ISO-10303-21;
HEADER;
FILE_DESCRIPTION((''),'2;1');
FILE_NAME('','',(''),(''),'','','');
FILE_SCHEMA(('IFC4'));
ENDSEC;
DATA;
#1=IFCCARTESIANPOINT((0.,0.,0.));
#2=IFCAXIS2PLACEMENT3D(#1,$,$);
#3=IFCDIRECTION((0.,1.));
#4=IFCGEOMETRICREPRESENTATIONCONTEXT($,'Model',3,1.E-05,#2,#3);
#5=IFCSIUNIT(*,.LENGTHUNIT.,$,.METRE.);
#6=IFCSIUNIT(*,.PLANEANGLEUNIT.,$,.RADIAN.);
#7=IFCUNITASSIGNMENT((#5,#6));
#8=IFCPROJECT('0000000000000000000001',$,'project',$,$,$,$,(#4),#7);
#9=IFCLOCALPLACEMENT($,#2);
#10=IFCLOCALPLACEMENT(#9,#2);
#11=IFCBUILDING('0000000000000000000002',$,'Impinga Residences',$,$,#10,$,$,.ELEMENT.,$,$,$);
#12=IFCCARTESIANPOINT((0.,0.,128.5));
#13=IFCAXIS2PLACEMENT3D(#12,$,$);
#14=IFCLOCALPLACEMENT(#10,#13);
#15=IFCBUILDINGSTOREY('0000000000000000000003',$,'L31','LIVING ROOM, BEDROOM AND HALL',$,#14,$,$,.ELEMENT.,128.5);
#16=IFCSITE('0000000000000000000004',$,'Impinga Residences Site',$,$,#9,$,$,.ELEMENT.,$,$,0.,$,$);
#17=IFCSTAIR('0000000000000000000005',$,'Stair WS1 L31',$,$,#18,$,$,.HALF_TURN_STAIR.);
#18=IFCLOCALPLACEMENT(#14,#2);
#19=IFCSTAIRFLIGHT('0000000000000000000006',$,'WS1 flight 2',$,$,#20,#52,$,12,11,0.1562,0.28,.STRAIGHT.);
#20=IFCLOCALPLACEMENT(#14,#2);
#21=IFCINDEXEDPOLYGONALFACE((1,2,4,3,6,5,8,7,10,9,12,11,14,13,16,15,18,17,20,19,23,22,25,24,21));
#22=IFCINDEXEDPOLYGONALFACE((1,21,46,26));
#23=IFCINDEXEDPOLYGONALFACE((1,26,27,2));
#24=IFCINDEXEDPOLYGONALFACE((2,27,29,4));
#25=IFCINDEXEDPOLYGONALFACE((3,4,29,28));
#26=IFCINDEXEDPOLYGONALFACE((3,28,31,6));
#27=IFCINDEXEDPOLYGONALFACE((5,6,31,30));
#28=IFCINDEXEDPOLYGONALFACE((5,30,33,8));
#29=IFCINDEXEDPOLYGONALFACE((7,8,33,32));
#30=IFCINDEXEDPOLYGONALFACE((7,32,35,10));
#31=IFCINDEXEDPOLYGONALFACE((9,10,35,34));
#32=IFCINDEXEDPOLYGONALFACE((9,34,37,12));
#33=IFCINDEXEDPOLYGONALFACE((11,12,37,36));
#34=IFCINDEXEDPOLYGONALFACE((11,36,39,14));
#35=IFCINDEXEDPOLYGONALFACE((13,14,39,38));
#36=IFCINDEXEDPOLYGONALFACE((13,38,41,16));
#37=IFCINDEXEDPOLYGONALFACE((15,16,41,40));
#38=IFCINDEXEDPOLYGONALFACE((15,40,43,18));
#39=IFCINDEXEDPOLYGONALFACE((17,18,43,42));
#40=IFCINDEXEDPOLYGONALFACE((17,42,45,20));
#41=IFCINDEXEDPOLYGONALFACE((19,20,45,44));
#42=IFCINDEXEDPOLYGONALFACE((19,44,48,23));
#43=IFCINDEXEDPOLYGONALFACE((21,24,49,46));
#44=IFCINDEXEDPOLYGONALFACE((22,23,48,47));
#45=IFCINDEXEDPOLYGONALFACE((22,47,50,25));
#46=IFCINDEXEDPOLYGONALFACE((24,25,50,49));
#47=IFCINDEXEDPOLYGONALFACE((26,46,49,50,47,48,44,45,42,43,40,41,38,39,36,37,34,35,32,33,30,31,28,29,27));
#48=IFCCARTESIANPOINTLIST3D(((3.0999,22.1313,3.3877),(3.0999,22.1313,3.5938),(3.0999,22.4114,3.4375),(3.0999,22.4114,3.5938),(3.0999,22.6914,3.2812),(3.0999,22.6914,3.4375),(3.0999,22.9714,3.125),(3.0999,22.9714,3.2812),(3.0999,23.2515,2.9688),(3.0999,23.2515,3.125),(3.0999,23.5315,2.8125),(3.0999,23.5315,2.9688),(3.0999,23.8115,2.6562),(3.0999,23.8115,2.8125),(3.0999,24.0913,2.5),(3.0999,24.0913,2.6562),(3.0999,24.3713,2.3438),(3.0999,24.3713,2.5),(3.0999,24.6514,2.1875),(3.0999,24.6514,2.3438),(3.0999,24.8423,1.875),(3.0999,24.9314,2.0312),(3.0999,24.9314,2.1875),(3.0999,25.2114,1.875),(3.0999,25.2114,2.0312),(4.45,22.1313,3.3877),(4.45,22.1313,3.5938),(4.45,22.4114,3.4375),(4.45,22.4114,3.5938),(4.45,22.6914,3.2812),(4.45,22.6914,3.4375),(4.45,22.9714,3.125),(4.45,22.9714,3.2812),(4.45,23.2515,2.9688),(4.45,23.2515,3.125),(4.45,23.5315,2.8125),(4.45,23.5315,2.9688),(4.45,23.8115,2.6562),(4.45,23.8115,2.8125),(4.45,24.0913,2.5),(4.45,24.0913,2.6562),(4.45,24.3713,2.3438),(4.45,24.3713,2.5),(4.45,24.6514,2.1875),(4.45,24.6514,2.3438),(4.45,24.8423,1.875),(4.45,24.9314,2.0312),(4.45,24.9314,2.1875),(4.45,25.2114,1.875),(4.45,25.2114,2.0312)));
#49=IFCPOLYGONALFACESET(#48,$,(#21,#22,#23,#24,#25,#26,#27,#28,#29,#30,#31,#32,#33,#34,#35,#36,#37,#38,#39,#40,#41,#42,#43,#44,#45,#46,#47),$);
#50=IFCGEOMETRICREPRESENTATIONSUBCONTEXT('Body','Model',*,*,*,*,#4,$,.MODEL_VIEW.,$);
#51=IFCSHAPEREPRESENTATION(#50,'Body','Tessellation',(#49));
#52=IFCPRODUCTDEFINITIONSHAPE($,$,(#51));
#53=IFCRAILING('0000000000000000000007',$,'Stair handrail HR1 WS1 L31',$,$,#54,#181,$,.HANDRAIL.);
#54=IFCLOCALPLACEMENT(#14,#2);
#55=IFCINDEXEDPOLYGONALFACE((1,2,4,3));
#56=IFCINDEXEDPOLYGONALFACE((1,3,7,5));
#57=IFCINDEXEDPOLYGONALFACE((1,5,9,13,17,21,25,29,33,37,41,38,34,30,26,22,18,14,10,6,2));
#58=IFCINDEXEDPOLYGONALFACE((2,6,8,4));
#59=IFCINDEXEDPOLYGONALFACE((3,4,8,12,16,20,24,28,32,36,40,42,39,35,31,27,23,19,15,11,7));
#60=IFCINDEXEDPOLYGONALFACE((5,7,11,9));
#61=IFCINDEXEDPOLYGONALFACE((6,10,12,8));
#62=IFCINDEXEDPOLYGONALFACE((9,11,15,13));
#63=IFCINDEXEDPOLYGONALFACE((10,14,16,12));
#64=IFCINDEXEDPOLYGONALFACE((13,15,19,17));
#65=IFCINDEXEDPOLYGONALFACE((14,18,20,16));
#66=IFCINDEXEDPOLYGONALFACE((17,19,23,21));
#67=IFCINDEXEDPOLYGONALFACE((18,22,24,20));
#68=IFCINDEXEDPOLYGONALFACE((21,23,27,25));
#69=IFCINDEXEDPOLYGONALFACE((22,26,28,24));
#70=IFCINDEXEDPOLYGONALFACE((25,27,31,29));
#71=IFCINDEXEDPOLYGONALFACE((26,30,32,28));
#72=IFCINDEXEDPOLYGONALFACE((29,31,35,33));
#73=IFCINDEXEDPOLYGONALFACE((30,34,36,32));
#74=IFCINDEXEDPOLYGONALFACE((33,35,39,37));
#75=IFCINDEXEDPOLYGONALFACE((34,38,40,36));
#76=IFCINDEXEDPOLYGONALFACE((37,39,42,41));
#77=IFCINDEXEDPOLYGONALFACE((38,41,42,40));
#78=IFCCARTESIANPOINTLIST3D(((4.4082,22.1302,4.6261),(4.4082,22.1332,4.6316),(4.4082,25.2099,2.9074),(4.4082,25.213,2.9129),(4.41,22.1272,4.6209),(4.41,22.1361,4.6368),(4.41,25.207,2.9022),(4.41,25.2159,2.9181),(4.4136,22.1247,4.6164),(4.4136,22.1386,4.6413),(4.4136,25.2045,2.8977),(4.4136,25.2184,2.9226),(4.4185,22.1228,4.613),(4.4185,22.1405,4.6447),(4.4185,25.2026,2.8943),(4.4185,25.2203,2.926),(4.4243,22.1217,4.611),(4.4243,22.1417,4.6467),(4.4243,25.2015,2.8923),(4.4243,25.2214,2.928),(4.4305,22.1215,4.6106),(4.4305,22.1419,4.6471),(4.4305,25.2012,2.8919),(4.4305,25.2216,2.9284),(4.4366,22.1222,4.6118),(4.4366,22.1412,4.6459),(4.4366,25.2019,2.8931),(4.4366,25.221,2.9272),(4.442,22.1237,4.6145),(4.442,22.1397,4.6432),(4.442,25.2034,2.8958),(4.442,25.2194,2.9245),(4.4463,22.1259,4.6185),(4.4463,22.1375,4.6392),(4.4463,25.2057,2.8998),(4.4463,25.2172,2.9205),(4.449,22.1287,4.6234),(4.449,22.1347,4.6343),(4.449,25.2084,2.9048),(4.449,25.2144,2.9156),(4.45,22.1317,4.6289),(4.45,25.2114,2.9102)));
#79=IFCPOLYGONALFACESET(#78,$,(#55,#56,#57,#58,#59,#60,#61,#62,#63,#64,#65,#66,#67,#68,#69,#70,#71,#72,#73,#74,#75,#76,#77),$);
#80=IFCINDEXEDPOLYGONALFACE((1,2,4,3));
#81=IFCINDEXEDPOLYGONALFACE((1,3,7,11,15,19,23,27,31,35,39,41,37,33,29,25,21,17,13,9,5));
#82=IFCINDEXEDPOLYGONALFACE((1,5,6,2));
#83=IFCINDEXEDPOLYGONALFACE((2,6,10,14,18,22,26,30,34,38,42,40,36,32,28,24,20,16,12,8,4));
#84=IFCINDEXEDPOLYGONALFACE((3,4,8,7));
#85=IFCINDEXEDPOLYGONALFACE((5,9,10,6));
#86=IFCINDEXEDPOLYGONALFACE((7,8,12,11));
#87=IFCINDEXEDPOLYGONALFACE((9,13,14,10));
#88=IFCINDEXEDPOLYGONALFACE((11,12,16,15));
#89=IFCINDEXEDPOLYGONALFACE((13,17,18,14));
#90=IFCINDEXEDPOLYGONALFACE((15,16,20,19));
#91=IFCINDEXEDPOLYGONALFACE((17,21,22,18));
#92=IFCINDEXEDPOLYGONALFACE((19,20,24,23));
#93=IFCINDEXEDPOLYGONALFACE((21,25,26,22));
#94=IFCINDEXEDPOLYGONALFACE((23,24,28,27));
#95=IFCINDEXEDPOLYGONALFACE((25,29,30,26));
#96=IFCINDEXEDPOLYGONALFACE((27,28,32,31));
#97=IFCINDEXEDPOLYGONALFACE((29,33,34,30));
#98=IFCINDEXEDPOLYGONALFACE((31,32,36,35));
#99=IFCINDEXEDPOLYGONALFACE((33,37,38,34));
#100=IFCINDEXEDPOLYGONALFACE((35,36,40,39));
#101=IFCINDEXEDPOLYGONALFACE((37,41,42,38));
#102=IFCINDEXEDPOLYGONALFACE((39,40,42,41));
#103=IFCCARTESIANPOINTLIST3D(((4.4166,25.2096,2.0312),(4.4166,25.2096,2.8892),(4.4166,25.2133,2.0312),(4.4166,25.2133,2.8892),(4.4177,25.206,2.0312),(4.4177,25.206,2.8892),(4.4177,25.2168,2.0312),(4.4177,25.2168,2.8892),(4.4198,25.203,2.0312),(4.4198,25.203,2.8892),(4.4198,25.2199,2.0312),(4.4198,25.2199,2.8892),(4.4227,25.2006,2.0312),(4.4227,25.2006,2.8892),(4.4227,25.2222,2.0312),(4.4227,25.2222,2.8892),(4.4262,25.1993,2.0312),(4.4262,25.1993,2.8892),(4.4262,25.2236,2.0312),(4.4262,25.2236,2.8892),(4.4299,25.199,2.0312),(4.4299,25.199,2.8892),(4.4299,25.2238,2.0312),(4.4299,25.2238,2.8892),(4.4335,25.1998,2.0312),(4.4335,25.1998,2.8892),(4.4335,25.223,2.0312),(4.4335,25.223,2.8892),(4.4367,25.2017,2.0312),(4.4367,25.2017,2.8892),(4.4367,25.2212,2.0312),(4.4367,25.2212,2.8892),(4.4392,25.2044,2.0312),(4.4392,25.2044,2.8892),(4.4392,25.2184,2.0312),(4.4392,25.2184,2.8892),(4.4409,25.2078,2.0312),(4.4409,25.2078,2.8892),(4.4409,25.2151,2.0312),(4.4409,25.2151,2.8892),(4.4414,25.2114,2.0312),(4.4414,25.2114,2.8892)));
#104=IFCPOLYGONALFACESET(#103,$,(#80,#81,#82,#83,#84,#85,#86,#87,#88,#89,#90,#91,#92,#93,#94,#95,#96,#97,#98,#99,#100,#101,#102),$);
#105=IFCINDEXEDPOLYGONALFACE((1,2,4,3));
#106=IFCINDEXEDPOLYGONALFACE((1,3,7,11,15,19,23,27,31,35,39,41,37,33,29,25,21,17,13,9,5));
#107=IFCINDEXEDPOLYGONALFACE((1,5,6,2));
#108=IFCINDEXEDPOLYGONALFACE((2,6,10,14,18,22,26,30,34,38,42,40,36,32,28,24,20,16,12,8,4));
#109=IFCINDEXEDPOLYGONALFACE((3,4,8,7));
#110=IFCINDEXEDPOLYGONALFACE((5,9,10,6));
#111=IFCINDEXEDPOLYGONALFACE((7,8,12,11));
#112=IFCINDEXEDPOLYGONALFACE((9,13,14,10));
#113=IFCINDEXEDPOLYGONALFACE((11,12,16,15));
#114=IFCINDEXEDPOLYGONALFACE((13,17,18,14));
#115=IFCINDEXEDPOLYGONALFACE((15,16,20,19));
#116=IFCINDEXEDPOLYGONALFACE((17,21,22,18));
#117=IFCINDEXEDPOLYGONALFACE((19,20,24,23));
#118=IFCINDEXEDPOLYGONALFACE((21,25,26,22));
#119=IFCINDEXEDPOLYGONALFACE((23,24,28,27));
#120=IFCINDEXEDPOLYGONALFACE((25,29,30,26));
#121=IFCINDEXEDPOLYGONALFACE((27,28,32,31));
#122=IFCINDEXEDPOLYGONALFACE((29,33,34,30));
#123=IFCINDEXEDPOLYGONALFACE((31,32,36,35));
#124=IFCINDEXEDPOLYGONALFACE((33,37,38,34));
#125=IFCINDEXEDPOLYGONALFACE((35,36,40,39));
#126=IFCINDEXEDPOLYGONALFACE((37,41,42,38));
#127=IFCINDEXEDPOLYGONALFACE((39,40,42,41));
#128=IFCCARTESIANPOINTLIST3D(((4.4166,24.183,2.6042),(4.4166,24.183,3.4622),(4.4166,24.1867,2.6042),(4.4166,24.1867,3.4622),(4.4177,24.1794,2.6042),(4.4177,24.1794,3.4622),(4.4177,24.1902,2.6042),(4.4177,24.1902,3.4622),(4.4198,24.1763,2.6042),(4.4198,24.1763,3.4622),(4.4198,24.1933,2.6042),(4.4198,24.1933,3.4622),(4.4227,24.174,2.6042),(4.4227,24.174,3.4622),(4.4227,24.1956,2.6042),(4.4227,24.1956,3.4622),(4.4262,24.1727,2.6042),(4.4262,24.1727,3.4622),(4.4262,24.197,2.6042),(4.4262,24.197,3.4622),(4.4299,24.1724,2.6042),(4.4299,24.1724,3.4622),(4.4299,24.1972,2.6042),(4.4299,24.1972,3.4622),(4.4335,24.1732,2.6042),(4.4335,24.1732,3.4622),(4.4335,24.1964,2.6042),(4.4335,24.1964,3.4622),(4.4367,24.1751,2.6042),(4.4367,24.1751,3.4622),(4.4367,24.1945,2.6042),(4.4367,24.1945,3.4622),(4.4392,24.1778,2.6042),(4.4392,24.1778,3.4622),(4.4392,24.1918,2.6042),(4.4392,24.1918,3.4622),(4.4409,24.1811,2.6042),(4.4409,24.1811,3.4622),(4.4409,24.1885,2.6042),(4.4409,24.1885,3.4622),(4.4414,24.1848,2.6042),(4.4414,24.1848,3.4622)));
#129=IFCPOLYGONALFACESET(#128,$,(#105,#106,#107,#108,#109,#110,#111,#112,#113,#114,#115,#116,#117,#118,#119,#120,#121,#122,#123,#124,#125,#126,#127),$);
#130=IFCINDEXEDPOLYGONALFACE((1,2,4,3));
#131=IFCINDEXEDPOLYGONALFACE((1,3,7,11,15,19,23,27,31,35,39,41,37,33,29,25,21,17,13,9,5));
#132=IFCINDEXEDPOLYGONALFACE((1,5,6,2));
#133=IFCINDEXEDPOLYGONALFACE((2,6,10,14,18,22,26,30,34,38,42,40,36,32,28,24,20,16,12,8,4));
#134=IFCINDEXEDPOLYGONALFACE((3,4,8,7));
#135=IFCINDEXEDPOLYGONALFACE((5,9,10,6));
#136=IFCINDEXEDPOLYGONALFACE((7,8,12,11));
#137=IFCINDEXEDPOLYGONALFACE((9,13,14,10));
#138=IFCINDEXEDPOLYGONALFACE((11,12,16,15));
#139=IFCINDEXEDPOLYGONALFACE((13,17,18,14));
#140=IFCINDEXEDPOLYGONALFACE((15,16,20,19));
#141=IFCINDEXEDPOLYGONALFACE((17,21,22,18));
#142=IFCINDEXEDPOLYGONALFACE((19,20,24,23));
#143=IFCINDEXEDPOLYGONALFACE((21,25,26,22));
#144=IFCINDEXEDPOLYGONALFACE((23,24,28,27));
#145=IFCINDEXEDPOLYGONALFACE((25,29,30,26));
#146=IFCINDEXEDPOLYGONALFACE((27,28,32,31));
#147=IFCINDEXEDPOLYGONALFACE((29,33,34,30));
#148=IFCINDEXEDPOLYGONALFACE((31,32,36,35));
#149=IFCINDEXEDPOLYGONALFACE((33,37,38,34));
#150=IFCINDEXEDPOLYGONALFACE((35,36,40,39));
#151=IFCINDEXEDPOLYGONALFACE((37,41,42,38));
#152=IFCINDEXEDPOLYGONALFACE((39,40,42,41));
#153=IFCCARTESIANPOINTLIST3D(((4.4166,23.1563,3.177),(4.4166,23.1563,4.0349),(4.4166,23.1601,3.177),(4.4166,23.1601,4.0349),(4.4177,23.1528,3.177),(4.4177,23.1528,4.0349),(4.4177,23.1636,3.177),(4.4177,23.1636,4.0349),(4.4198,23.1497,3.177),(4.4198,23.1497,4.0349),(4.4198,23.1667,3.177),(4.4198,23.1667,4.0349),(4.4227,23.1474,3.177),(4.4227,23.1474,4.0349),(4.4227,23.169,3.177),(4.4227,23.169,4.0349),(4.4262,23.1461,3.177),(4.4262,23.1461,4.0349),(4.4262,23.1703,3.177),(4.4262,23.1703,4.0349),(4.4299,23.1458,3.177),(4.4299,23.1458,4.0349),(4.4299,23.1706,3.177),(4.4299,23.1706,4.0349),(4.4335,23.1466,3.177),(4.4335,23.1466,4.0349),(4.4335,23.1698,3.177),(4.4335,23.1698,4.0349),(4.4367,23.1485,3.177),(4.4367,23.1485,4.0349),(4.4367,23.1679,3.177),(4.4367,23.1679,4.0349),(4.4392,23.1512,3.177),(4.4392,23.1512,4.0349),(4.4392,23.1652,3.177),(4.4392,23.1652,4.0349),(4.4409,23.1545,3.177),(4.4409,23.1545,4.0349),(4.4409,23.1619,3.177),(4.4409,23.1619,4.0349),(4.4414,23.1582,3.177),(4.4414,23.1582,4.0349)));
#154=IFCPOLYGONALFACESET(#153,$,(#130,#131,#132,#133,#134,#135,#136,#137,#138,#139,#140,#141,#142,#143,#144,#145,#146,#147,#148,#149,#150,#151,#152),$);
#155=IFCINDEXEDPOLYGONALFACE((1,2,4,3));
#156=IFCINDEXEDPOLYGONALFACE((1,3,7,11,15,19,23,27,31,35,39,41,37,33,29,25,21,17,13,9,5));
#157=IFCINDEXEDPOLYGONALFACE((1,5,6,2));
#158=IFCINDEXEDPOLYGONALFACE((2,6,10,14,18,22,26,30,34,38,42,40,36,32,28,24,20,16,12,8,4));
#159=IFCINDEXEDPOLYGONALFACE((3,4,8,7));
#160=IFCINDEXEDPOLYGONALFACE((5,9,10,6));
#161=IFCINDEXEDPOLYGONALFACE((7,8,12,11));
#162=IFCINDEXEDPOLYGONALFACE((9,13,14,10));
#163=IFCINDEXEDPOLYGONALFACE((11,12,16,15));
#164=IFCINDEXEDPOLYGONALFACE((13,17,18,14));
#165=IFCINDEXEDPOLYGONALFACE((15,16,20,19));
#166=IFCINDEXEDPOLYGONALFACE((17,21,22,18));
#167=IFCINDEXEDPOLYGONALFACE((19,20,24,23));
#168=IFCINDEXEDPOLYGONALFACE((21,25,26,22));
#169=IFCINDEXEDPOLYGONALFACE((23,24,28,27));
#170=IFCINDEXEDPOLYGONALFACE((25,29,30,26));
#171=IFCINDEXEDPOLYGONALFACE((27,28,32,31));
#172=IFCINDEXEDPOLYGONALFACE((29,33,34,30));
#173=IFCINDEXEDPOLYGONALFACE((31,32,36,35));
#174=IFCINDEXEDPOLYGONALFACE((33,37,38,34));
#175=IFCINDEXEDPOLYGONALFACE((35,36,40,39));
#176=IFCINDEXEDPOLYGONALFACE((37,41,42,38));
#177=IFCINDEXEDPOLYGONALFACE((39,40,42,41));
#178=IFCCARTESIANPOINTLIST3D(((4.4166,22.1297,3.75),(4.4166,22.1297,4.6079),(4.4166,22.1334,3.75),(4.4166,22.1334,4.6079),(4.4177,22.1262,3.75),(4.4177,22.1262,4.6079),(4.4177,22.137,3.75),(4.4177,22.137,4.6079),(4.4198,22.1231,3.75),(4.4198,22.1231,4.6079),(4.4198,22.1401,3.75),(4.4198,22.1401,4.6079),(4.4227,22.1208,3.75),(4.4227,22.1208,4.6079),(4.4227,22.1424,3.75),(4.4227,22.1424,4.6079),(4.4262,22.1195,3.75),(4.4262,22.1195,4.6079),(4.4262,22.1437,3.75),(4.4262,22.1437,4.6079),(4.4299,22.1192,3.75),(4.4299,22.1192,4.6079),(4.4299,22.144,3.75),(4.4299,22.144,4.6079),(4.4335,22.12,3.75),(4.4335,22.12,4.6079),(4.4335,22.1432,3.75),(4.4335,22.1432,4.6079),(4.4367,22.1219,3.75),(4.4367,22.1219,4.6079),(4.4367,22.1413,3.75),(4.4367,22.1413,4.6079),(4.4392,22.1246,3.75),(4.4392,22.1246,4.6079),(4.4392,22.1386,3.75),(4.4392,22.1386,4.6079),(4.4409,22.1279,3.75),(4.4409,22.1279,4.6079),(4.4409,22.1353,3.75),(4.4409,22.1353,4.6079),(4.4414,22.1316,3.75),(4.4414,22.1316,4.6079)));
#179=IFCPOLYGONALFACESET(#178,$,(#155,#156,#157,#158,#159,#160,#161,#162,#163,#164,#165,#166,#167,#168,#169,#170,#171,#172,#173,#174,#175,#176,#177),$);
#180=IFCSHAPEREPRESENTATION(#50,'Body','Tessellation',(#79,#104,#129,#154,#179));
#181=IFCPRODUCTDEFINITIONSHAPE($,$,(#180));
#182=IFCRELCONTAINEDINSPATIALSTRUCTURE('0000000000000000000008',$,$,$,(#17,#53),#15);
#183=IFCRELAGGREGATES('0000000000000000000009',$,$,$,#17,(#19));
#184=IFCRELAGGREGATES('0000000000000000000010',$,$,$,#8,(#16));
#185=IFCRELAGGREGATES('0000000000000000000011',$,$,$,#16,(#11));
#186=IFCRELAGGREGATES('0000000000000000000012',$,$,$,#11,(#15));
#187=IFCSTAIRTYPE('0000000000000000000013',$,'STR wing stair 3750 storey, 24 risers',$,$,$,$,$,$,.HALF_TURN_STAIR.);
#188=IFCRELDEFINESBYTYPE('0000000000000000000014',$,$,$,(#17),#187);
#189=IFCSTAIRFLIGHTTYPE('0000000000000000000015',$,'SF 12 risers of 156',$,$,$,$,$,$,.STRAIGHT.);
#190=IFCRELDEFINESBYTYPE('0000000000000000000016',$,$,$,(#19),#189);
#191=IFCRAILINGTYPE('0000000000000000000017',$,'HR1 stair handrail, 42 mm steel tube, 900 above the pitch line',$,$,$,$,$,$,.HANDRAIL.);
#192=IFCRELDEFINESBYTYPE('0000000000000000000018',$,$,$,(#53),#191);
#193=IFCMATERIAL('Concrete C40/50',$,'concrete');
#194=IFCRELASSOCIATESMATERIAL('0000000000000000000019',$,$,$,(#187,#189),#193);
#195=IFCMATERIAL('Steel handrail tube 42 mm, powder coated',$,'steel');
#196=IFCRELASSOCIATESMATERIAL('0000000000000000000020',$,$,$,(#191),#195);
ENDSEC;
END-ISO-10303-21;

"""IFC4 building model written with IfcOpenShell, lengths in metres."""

from ifc_helpers import new_model, si_unit, direction, frame, origin, origin_2d, place, context, subcontext, project, spatial, polyline, circle, outline, extrude, material, type_object, element, aggregate, save


model = new_model("IFC4")

# Units and contexts
model_context = context("Model", 3, precision=1e-05, world=origin(), true_north=direction((0.0, 1.0)))
body_context = subcontext(model_context, "Body", "Model", "MODEL_VIEW")
ifc_project = project(units=[si_unit("LENGTHUNIT", "METRE"), si_unit("PLANEANGLEUNIT", "RADIAN")], contexts=[model_context])

# Site, building, storey
site_placement = place(None, origin())
site = spatial("IfcSite", under=ifc_project, at=site_placement, Name="Impinga Residences Site", CompositionType="ELEMENT", RefElevation=0.0)
building_placement = place(site_placement, origin())
building = spatial("IfcBuilding", under=site, at=building_placement, Name="Impinga Residences", CompositionType="ELEMENT")
storey_placement = place(building_placement, frame((0.0, 0.0, 128.5)))
storey = spatial("IfcBuildingStorey", under=building, at=storey_placement, Name="L31", Description="LIVING ROOM, BEDROOM AND HALL", CompositionType="ELEMENT", Elevation=128.5)

# Stair, stair flight
ifc_material_1 = material(Name="Concrete C40/50", Category="concrete")
stair_type = type_object("IfcStairType", Name="STR wing stair 3750 storey, 24 risers", PredefinedType="HALF_TURN_STAIR", material=ifc_material_1)
stair_placement = place(storey_placement, origin())
stair = element("IfcStair", 1, at=stair_placement, inside=storey, type_object=stair_type, Name="Stair WS1 L31", PredefinedType="HALF_TURN_STAIR")
stair_flight_type = type_object("IfcStairFlightType", Name="SF 12 risers of 156", PredefinedType="STRAIGHT", material=ifc_material_1)
stair_flight_placement = place(storey_placement, frame((3.7749, 25.2114, 1.875), z_axis=(0.0, 0.0, 1.0), x_axis=(0.0, -1.0, 0.0)))
stair_flight = element("IfcStairFlight", 2, at=stair_flight_placement, type_object=stair_flight_type, Name="WS1 flight 2", NumberOfRisers=12, NumberOfTreads=11, PredefinedType="STRAIGHT", RiserHeight=0.1562, TreadLength=0.28, context=body_context, shape_type="SweptSolid", body=[
    extrude(outline(polyline([(0.0, 0.0), (0.0, 0.1562), (0.28, 0.1562), (0.28, 0.3125), (0.5601, 0.3125), (0.5601, 0.4688), (0.8401, 0.4688), (0.8401, 0.625), (1.1201, 0.625), (1.1201, 0.7812), (1.3999, 0.7812), (1.3999, 0.9375), (1.6799, 0.9375), (1.6799, 1.0938), (1.96, 1.0938), (1.96, 1.25), (2.24, 1.25), (2.24, 1.4062), (2.52, 1.4062), (2.52, 1.5625), (2.8, 1.5625), (2.8, 1.7188), (3.0801, 1.7188), (3.0801, 1.875), (3.0801, 1.5127), (0.3691, 0.0), (0.0, 0.0)])), frame((0.0, 0.675, 0.0), z_axis=(0.0, -1.0, 0.0), x_axis=(1.0, 0.0, 0.0)), (0.0, 0.0, 1.0), 1.3501),
])
aggregate(stair, [stair_flight])

# Railing
ifc_material_2 = material(Name="Steel handrail tube 42 mm, powder coated", Category="steel")
railing_type = type_object("IfcRailingType", Name="HR1 stair handrail, 42 mm steel tube, 900 above the pitch line", PredefinedType="HANDRAIL", material=ifc_material_2)
railing_placement = place(storey_placement, frame((4.429, 25.2114, 2.0312)))
element("IfcRailing", 3, at=railing_placement, inside=storey, type_object=railing_type, Name="Stair handrail HR1 WS1 L31", PredefinedType="HANDRAIL", context=body_context, shape_type="SweptSolid", body=[
    extrude(circle(Radius=0.021, at=origin_2d()), frame((0.0, 0.0, 0.8789), z_axis=(0.0, -0.873225, 0.487317), x_axis=(1.0, 0.0, 0.0)), (0.0, 0.0, 1.0), 3.5269),
    extrude(circle(Radius=0.0125, at=origin_2d()), origin(), (0.0, 0.0, 1.0), 0.8579),
    extrude(circle(Radius=0.0125, at=origin_2d()), frame((0.0, -1.0266, 0.573)), (0.0, 0.0, 1.0), 0.8579),
    extrude(circle(Radius=0.0125, at=origin_2d()), frame((0.0, -2.0532, 1.1458)), (0.0, 0.0, 1.0), 0.8579),
    extrude(circle(Radius=0.0125, at=origin_2d()), frame((0.0, -3.0798, 1.7188)), (0.0, 0.0, 1.0), 0.8579),
])

save(model, "model.ifc")
